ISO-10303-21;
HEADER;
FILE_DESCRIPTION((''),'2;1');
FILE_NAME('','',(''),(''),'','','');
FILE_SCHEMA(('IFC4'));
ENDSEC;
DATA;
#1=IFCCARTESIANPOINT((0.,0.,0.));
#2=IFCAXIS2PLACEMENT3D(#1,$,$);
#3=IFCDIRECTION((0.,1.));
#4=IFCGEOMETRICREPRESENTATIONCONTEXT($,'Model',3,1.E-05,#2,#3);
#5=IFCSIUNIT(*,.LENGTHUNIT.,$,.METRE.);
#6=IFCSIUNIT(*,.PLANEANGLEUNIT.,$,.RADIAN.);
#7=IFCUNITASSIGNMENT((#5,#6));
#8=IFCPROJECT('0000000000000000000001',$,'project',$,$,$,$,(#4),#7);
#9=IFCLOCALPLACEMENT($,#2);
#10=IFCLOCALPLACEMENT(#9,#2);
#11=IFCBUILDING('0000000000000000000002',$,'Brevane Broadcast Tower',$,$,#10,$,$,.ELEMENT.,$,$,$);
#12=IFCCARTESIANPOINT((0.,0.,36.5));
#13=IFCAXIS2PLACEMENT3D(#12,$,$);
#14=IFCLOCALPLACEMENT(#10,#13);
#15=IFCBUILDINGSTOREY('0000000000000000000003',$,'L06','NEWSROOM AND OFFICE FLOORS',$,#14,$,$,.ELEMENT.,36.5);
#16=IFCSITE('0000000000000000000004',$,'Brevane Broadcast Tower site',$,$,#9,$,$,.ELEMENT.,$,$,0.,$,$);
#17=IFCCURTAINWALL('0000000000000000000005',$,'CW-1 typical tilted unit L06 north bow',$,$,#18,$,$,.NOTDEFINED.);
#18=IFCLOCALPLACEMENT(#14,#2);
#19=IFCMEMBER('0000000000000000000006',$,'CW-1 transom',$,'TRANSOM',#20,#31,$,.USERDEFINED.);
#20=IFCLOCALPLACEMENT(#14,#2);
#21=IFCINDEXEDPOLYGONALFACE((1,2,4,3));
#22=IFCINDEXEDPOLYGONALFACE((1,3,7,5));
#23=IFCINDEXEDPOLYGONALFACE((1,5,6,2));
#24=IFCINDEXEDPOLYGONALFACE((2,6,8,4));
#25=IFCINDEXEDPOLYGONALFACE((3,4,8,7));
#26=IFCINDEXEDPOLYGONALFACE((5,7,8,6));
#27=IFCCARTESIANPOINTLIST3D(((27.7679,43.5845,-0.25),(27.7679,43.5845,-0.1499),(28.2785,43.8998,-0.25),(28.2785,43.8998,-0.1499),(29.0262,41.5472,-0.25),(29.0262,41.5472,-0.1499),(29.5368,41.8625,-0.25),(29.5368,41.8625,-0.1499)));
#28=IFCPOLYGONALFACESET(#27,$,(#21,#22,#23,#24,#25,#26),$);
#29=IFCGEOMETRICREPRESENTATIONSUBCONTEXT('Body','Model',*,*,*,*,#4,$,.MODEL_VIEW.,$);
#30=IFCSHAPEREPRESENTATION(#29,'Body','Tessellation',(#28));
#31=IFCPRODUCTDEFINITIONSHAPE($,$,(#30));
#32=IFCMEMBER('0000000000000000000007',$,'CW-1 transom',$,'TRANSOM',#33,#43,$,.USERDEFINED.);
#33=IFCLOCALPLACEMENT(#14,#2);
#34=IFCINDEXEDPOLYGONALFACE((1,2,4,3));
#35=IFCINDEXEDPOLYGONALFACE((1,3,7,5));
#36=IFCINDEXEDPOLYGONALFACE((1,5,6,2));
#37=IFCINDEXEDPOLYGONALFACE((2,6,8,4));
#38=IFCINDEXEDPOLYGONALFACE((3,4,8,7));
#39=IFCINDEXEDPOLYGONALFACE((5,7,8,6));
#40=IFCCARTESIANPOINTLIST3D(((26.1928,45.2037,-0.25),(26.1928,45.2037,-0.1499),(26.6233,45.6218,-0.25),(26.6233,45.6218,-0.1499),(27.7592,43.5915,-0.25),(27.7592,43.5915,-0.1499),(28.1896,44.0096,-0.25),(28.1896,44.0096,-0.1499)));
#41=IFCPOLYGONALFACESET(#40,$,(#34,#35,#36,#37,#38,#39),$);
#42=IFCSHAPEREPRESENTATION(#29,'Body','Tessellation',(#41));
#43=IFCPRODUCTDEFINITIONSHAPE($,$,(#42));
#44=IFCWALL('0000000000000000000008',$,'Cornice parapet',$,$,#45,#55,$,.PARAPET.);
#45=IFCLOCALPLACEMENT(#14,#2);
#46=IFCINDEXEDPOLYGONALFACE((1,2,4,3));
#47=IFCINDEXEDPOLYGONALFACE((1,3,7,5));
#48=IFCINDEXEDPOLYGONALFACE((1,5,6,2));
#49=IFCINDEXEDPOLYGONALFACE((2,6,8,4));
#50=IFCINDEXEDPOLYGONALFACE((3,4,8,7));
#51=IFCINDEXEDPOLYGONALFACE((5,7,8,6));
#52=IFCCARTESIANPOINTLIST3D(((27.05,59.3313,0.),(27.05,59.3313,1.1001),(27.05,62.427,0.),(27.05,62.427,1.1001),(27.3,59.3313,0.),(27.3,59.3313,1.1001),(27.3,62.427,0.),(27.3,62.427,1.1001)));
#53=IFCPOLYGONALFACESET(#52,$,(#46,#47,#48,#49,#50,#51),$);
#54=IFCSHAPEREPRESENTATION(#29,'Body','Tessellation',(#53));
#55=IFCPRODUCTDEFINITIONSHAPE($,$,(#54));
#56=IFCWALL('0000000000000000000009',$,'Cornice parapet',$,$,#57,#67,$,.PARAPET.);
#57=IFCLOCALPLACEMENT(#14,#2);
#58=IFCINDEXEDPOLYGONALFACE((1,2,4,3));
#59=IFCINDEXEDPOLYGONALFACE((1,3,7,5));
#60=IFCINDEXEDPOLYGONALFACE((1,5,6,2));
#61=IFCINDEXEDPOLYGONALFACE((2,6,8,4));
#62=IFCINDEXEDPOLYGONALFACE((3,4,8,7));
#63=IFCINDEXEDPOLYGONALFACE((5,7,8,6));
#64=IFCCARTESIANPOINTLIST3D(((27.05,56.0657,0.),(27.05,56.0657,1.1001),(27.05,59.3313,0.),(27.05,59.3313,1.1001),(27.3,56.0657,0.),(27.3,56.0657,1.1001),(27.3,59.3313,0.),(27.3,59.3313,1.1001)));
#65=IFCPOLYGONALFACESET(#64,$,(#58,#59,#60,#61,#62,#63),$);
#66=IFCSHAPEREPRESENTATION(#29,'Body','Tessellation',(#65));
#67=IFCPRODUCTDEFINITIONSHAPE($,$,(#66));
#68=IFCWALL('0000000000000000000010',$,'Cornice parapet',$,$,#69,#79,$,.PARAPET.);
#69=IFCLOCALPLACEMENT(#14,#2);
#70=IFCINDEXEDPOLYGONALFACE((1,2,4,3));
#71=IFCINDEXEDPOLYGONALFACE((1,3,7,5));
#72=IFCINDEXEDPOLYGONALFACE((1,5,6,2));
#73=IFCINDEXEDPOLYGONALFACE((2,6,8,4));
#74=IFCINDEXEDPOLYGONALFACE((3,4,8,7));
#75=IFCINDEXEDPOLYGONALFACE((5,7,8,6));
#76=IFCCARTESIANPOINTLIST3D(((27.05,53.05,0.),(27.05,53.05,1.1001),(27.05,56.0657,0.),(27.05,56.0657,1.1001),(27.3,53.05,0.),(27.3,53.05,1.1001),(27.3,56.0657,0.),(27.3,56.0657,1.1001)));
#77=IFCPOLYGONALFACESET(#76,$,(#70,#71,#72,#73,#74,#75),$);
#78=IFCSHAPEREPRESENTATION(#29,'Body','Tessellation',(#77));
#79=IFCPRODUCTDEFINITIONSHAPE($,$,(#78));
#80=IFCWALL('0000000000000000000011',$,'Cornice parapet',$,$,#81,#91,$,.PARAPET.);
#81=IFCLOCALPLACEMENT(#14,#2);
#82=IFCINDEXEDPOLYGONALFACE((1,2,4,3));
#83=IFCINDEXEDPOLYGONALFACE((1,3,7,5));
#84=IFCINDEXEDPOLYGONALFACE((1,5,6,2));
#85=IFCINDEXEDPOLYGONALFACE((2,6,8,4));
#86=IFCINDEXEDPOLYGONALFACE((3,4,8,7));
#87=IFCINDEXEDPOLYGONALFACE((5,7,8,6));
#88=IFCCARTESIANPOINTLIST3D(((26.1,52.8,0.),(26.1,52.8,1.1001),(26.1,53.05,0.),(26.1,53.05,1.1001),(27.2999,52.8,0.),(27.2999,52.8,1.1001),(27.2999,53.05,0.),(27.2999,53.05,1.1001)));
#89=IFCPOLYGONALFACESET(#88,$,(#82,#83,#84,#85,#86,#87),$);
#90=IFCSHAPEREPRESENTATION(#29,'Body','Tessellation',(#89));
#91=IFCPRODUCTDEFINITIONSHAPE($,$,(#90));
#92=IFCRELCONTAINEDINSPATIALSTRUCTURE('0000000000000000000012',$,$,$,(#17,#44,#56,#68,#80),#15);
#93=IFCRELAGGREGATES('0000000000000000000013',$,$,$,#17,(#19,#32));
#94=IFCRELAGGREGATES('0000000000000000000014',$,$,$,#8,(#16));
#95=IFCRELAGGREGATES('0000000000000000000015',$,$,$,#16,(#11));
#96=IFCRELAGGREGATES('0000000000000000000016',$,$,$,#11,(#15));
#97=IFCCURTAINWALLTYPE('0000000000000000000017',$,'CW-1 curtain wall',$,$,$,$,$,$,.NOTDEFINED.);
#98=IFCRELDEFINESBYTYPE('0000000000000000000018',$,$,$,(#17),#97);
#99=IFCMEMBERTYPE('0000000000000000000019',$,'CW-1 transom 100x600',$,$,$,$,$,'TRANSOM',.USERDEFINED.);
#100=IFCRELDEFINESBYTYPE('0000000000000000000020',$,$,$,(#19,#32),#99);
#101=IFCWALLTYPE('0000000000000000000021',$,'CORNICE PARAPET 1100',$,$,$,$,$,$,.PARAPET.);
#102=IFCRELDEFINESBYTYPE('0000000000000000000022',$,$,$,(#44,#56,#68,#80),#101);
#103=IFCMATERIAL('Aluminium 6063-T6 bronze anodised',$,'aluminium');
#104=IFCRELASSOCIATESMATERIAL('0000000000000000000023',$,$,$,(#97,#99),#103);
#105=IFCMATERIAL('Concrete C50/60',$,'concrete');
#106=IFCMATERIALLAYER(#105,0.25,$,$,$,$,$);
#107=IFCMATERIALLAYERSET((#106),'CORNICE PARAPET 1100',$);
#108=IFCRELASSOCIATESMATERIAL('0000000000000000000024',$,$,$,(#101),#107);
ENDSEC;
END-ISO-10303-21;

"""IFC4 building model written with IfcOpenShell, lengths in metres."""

from ifc_helpers import new_model, si_unit, direction, frame, frame_2d, origin, origin_2d, place, context, subcontext, project, spatial, rectangle, extrude, material, layer, layer_set, material_profile, profile_set, type_object, element, aggregate, save


model = new_model("IFC4")

# Units and contexts
model_context = context("Model", 3, precision=1e-05, world=origin(), true_north=direction((0.0, 1.0)))
body_context = subcontext(model_context, "Body", "Model", "MODEL_VIEW")
ifc_project = project(units=[si_unit("LENGTHUNIT", "METRE"), si_unit("PLANEANGLEUNIT", "RADIAN")], contexts=[model_context])

# Site, building, storey
site_placement = place(None, origin())
site = spatial("IfcSite", under=ifc_project, at=site_placement, Name="Brevane Broadcast Tower site", CompositionType="ELEMENT", RefElevation=0.0)
building_placement = place(site_placement, origin())
building = spatial("IfcBuilding", under=site, at=building_placement, Name="Brevane Broadcast Tower", CompositionType="ELEMENT")
storey_placement = place(building_placement, frame((0.0, 0.0, 36.5)))
storey = spatial("IfcBuildingStorey", under=building, at=storey_placement, Name="L06", Description="NEWSROOM AND OFFICE FLOORS", CompositionType="ELEMENT", Elevation=36.5)

# Curtain wall
ifc_material_1 = material(Name="Aluminium 6063-T6 bronze anodised", Category="aluminium")
curtain_wall_type = type_object("IfcCurtainWallType", Name="CW-1 curtain wall", PredefinedType="NOTDEFINED", material=ifc_material_1)
curtain_wall_1_placement = place(storey_placement, origin())
curtain_wall_1 = element("IfcCurtainWall", 1, at=curtain_wall_1_placement, inside=storey, type_object=curtain_wall_type, Name="CW-1 typical tilted unit L06 north bow", PredefinedType="NOTDEFINED")

# Members
ifc_material_profile_1 = material_profile(ifc_material_1, rectangle(XDim=0.6001, YDim=0.1001, at=origin_2d()), Name="RECT 100x600")
ifc_profile_set_1 = profile_set([ifc_material_profile_1], Name="Aluminium 6063-T6 bronze anodised")
member_type_1 = type_object("IfcMemberType", Name="CW-1 transom 100x600", ElementType="TRANSOM", PredefinedType="USERDEFINED", material=ifc_profile_set_1)
member_1_placement = place(storey_placement, frame((29.2815, 41.7048, -0.2), z_axis=(-0.525473, 0.85081, 0.0), x_axis=(-0.85081, -0.525473, 0.0)))
member_1 = element("IfcMember", 2, at=member_1_placement, type_object=member_type_1, Name="CW-1 transom", ObjectType="TRANSOM", PredefinedType="USERDEFINED", context=body_context, shape_type="SweptSolid", body=[
    extrude(rectangle(XDim=0.6001, YDim=0.1001, at=origin_2d()), origin(), (0.0, 0.0, 1.0), 2.3945),
])
member_2_placement = place(storey_placement, frame((27.9744, 43.8005, -0.2), z_axis=(-0.696824, 0.717242, 0.0), x_axis=(-0.717242, -0.696824, 0.0)))
member_2 = element("IfcMember", 3, at=member_2_placement, type_object=member_type_1, Name="CW-1 transom", ObjectType="TRANSOM", PredefinedType="USERDEFINED", context=body_context, shape_type="SweptSolid", body=[
    extrude(rectangle(XDim=0.6001, YDim=0.1001, at=origin_2d()), origin(), (0.0, 0.0, 1.0), 2.2478),
])
aggregate(curtain_wall_1, [member_1, member_2])

# Walls
ifc_material_2 = material(Name="Concrete C50/60", Category="concrete")
ifc_layer = layer(ifc_material_2, 0.25)
ifc_layer_set = layer_set([ifc_layer], Name="CORNICE PARAPET 1100")
wall_type = type_object("IfcWallType", Name="CORNICE PARAPET 1100", PredefinedType="PARAPET", material=ifc_layer_set)
wall_1_placement = place(storey_placement, frame((27.175, 62.427, 0.0), z_axis=(0.0, 0.0, 1.0), x_axis=(0.0, -1.0, 0.0)))
element("IfcWall", 4, at=wall_1_placement, inside=storey, type_object=wall_type, Name="Cornice parapet", PredefinedType="PARAPET", context=body_context, shape_type="SweptSolid", body=[
    extrude(rectangle(XDim=3.0957, YDim=0.25, at=frame_2d((1.5479, 0.0))), origin(), (0.0, 0.0, 1.0), 1.1001),
])
wall_2_placement = place(storey_placement, frame((27.175, 59.3313, 0.0), z_axis=(0.0, 0.0, 1.0), x_axis=(0.0, -1.0, 0.0)))
element("IfcWall", 5, at=wall_2_placement, inside=storey, type_object=wall_type, Name="Cornice parapet", PredefinedType="PARAPET", context=body_context, shape_type="SweptSolid", body=[
    extrude(rectangle(XDim=3.2656, YDim=0.25, at=frame_2d((1.6328, 0.0))), origin(), (0.0, 0.0, 1.0), 1.1001),
])
wall_3_placement = place(storey_placement, frame((27.175, 56.0657, 0.0), z_axis=(0.0, 0.0, 1.0), x_axis=(0.0, -1.0, 0.0)))
element("IfcWall", 6, at=wall_3_placement, inside=storey, type_object=wall_type, Name="Cornice parapet", PredefinedType="PARAPET", context=body_context, shape_type="SweptSolid", body=[
    extrude(rectangle(XDim=3.0156, YDim=0.25, at=frame_2d((1.5078, 0.0))), origin(), (0.0, 0.0, 1.0), 1.1001),
])
wall_4_placement = place(storey_placement, frame((27.3, 52.925, 0.0), z_axis=(0.0, 0.0, 1.0), x_axis=(-1.0, 0.0, 0.0)))
element("IfcWall", 7, at=wall_4_placement, inside=storey, type_object=wall_type, Name="Cornice parapet", PredefinedType="PARAPET", context=body_context, shape_type="SweptSolid", body=[
    extrude(rectangle(XDim=1.2, YDim=0.25, at=frame_2d((0.6001, 0.0))), origin(), (0.0, 0.0, 1.0), 1.1001),
])

save(model, "model.ifc")
